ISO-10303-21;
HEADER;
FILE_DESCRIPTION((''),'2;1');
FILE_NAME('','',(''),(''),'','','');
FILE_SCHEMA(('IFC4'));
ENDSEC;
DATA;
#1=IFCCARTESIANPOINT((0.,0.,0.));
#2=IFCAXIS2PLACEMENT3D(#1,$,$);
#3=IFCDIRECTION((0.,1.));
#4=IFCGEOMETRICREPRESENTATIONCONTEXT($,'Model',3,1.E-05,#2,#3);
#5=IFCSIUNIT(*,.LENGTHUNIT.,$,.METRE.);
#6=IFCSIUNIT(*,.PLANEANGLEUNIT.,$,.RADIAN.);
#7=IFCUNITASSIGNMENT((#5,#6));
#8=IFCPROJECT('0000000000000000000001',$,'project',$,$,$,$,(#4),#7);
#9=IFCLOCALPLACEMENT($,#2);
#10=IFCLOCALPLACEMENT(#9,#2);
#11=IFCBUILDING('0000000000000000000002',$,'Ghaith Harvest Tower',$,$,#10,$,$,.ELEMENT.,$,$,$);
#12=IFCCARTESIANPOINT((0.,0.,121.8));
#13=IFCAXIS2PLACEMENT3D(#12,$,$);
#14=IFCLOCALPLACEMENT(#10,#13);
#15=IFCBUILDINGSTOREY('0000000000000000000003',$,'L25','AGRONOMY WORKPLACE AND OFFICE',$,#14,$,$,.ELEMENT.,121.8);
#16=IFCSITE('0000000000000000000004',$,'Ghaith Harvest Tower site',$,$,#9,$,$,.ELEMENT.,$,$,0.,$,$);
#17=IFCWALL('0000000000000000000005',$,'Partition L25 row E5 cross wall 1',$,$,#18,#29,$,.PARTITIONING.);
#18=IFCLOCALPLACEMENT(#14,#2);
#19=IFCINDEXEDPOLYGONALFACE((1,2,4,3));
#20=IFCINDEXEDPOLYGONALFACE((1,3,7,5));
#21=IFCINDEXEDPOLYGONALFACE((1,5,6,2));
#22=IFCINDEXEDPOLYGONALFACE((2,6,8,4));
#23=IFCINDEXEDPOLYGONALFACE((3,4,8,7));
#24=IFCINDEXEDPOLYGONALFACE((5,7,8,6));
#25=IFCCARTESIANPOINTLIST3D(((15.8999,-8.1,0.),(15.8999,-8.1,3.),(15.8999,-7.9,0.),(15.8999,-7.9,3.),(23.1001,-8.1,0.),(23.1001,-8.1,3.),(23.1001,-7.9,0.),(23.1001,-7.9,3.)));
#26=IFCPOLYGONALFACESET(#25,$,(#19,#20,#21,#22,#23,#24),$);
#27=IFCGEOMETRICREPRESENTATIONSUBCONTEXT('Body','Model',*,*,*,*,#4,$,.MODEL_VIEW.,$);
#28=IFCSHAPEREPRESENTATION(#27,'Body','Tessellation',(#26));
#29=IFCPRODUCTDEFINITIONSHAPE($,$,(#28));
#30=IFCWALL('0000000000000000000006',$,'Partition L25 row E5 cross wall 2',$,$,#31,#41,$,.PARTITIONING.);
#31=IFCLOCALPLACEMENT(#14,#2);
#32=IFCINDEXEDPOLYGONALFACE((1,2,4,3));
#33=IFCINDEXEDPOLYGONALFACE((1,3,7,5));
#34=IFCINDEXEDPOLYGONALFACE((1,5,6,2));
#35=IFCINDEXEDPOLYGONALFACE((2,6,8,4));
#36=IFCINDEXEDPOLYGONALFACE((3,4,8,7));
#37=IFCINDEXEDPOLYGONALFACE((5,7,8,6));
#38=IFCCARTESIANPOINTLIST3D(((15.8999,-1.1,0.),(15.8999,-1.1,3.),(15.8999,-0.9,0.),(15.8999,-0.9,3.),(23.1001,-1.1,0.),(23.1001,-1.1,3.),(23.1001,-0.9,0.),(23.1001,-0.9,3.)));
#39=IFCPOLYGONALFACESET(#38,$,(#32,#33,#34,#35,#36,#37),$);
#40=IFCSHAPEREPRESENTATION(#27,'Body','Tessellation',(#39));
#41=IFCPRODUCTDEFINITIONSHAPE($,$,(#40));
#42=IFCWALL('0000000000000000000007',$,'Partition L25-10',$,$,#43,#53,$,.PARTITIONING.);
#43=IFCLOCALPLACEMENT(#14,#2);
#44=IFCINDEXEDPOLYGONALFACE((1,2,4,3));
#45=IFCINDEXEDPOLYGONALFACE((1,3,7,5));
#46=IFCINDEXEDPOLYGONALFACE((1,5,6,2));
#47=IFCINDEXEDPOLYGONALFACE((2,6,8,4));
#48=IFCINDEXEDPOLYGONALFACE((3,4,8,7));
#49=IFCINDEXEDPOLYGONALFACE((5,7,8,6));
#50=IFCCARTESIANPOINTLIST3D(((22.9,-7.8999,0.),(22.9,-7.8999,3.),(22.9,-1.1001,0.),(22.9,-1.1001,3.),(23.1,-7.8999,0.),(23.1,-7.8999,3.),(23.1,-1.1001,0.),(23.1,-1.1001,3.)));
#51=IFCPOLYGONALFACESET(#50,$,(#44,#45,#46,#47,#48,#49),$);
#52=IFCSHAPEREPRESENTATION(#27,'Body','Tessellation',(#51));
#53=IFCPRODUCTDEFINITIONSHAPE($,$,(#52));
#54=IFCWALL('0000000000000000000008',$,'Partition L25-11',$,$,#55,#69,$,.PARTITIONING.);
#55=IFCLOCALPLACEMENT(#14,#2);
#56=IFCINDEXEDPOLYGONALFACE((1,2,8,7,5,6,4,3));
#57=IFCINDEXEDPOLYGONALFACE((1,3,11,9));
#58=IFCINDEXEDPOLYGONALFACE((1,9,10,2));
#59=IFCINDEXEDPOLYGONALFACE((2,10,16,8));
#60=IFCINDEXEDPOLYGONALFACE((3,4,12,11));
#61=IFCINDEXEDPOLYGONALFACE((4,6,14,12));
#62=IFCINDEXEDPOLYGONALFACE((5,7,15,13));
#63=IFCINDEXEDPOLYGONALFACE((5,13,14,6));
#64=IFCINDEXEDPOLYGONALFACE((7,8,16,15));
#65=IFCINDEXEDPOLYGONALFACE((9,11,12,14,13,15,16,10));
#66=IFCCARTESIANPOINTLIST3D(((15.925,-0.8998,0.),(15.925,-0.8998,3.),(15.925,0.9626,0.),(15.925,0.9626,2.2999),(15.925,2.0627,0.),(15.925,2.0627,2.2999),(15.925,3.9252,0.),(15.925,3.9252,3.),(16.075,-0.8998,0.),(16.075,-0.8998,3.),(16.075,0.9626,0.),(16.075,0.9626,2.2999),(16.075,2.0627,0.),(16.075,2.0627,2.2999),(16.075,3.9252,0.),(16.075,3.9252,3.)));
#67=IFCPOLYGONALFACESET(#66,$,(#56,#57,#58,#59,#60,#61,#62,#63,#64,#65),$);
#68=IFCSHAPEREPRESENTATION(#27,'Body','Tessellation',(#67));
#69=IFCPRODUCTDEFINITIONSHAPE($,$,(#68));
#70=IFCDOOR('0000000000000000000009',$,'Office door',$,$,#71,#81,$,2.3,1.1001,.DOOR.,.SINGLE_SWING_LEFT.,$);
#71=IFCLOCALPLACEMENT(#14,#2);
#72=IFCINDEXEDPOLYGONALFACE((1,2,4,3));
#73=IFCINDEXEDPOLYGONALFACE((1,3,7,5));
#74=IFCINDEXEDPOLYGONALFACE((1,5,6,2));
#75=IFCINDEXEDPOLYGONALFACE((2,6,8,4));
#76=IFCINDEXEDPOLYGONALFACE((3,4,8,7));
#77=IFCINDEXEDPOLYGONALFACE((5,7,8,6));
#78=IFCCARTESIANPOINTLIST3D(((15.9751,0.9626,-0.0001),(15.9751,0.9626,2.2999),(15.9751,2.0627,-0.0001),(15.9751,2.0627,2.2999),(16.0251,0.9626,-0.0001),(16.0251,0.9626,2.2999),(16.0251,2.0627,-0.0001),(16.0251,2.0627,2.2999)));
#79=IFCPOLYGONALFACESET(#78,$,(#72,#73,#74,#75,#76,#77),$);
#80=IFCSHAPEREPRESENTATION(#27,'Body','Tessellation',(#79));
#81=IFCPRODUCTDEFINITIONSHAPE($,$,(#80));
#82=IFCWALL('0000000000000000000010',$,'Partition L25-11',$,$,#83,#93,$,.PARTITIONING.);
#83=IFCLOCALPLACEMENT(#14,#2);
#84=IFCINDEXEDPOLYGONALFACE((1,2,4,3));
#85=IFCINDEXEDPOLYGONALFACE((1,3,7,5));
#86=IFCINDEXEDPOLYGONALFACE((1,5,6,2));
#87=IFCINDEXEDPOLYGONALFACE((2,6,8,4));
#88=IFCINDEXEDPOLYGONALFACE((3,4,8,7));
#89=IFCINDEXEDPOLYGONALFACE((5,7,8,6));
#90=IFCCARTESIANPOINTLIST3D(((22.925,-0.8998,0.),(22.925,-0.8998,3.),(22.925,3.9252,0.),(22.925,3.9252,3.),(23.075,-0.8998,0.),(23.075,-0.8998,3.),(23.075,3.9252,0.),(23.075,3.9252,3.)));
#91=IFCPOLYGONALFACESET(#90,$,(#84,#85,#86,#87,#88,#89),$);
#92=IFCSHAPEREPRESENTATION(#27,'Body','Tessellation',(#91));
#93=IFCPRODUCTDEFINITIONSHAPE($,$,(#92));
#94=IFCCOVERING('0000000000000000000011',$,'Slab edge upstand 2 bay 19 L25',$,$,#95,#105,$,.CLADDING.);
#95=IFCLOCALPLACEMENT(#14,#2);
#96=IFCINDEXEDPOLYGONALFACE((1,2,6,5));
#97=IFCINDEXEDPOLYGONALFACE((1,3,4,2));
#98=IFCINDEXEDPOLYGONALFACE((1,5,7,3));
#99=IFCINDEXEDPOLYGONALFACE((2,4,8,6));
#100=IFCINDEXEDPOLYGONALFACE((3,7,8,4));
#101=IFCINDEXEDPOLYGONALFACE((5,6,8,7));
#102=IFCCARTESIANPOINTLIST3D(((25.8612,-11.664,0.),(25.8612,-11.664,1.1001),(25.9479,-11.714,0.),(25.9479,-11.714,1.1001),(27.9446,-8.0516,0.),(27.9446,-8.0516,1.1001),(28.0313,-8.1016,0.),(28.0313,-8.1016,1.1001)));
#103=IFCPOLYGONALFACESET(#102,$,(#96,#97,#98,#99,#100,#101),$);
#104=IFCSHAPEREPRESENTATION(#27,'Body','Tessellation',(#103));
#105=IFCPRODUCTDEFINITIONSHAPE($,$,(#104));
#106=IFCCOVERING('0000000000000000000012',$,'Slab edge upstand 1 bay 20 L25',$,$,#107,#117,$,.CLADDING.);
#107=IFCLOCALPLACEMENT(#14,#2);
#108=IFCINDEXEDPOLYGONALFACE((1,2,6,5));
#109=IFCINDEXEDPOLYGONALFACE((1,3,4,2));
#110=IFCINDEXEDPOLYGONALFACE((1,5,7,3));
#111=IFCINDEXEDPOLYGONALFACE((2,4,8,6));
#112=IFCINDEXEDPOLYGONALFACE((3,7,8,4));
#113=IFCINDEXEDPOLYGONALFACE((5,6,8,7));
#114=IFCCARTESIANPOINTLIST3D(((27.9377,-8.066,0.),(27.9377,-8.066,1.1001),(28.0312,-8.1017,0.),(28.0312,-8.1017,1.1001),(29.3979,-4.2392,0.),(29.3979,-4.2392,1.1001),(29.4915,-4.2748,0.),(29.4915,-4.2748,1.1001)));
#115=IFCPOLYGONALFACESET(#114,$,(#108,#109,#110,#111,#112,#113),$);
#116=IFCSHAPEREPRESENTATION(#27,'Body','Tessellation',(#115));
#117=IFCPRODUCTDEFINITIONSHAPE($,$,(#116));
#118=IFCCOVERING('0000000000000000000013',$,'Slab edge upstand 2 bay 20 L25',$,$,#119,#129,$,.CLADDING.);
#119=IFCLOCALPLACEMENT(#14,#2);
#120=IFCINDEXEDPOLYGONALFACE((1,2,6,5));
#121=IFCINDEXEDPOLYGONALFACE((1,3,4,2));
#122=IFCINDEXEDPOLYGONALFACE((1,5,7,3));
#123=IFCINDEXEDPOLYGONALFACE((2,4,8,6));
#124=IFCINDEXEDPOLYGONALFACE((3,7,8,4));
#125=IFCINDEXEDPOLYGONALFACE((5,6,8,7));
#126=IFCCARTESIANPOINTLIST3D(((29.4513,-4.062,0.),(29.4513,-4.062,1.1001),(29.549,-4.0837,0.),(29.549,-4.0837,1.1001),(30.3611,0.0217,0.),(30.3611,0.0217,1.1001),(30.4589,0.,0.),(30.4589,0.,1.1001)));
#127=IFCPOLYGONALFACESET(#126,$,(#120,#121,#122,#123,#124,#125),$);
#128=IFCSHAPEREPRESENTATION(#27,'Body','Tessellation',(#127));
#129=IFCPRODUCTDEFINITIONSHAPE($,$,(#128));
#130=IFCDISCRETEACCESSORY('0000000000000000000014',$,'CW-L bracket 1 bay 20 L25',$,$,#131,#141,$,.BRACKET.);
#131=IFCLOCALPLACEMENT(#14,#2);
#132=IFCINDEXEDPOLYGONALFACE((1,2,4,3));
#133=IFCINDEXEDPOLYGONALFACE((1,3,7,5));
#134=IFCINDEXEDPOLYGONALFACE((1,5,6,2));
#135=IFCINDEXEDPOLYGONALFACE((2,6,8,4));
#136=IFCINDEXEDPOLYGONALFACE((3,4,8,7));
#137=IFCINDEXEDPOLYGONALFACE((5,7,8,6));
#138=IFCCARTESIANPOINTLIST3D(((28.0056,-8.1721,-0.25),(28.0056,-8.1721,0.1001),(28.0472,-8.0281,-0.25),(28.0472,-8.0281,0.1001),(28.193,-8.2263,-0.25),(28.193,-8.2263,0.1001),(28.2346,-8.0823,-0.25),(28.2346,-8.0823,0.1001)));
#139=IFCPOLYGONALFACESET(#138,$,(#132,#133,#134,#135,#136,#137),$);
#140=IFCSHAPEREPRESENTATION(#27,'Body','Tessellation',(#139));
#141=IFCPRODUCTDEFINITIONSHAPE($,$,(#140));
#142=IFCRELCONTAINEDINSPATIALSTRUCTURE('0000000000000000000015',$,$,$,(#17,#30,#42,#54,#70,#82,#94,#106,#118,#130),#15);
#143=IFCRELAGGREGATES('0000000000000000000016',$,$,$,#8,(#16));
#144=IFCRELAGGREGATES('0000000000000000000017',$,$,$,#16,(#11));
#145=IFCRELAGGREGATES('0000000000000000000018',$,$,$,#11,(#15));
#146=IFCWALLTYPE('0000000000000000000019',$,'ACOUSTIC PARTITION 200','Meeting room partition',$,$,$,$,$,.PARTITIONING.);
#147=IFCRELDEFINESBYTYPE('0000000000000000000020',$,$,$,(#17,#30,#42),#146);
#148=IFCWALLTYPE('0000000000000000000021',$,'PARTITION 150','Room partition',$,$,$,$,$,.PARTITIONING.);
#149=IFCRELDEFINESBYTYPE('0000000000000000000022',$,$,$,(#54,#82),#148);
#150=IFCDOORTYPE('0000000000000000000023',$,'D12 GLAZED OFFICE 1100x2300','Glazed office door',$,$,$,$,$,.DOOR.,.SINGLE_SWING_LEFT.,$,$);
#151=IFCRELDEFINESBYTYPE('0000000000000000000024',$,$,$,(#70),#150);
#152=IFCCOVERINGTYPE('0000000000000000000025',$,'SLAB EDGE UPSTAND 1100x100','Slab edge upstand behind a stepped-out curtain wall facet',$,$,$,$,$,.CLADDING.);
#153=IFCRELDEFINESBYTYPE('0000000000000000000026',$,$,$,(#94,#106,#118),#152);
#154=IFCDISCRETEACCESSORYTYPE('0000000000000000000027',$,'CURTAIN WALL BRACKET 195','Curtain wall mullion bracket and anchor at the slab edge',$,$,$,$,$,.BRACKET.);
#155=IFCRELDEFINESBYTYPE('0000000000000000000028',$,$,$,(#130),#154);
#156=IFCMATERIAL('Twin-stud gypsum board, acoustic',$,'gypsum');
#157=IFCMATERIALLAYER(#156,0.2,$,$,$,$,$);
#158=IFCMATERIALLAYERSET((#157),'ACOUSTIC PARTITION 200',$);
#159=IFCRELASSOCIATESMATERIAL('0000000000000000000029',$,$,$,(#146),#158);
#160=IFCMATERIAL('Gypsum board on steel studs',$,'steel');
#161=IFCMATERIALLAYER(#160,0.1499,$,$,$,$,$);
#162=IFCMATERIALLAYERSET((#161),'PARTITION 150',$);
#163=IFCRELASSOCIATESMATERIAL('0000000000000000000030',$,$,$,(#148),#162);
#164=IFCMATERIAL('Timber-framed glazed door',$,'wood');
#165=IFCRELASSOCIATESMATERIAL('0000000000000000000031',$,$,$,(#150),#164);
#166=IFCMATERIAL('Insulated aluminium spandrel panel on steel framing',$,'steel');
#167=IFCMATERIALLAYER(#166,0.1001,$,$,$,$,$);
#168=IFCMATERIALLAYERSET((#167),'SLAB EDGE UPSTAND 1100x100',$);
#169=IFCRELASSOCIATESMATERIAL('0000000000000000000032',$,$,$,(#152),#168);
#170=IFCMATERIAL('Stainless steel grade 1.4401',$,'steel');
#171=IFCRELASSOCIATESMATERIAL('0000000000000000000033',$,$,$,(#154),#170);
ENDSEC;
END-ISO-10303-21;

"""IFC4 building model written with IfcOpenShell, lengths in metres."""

from ifc_helpers import new_model, si_unit, direction, frame, frame_2d, origin, origin_2d, place, context, subcontext, project, spatial, rectangle, extrude, material, layer, layer_set, type_object, element, fill, save


model = new_model("IFC4")

# Units and contexts
model_context = context("Model", 3, precision=1e-05, world=origin(), true_north=direction((0.0, 1.0)))
body_context = subcontext(model_context, "Body", "Model", "MODEL_VIEW")
ifc_project = project(units=[si_unit("LENGTHUNIT", "METRE"), si_unit("PLANEANGLEUNIT", "RADIAN")], contexts=[model_context])

# Site, building, storey
site_placement = place(None, origin())
site = spatial("IfcSite", under=ifc_project, at=site_placement, Name="Ghaith Harvest Tower site", CompositionType="ELEMENT", RefElevation=0.0)
building_placement = place(site_placement, origin())
building = spatial("IfcBuilding", under=site, at=building_placement, Name="Ghaith Harvest Tower", CompositionType="ELEMENT")
storey_placement = place(building_placement, frame((0.0, 0.0, 121.8)))
storey = spatial("IfcBuildingStorey", under=building, at=storey_placement, Name="L25", Description="AGRONOMY WORKPLACE AND OFFICE", CompositionType="ELEMENT", Elevation=121.8)

# Walls
ifc_material_1 = material(Name="Twin-stud gypsum board, acoustic", Category="gypsum")
ifc_layer_1 = layer(ifc_material_1, 0.2)
ifc_layer_set_1 = layer_set([ifc_layer_1], Name="ACOUSTIC PARTITION 200")
wall_type_1 = type_object("IfcWallType", Name="ACOUSTIC PARTITION 200", Description="Meeting room partition", PredefinedType="PARTITIONING", material=ifc_layer_set_1)
for number, where, z_axis, x_axis, name in (
    (1, (15.8999, -8.0, 0.0), (0.0, 0.0, 1.0), (1.0, 0.0, 0.0), "Partition L25 row E5 cross wall 1"),
    (2, (15.8999, -1.0, 0.0), (0.0, 0.0, 1.0), (1.0, 0.0, 0.0), "Partition L25 row E5 cross wall 2"),
):
    element("IfcWall", number, at=place(storey_placement, frame(where, z_axis=z_axis, x_axis=x_axis)), inside=storey, type_object=wall_type_1, Name=name, PredefinedType="PARTITIONING", context=body_context, shape_type="SweptSolid", body=[
        extrude(rectangle(XDim=7.2002, YDim=0.2, at=frame_2d((3.6001, 0.0))), origin(), (0.0, 0.0, 1.0), 3.0),
    ])

# Wall
wall_1_placement = place(storey_placement, frame((23.0, -7.8999, 0.0), z_axis=(0.0, 0.0, 1.0), x_axis=(0.0, 1.0, 0.0)))
element("IfcWall", 3, at=wall_1_placement, inside=storey, type_object=wall_type_1, Name="Partition L25-10", PredefinedType="PARTITIONING", context=body_context, shape_type="SweptSolid", body=[
    extrude(rectangle(XDim=6.7998, YDim=0.2, at=frame_2d((3.3999, 0.0))), origin(), (0.0, 0.0, 1.0), 3.0),
])

# Wall, opening, door
ifc_material_2 = material(Name="Gypsum board on steel studs", Category="steel")
ifc_layer_2 = layer(ifc_material_2, 0.1499)
ifc_layer_set_2 = layer_set([ifc_layer_2], Name="PARTITION 150")
wall_type_2 = type_object("IfcWallType", Name="PARTITION 150", Description="Room partition", PredefinedType="PARTITIONING", material=ifc_layer_set_2)
wall_2_placement = place(storey_placement, frame((16.0, -0.8999, 0.0), z_axis=(0.0, 0.0, 1.0), x_axis=(0.0, 1.0, 0.0)))
wall_2 = element("IfcWall", 4, at=wall_2_placement, inside=storey, type_object=wall_type_2, Name="Partition L25-11", PredefinedType="PARTITIONING", context=body_context, shape_type="SweptSolid", body=[
    extrude(rectangle(XDim=4.825, YDim=0.1499, at=frame_2d((2.4126, 0.0))), origin(), (0.0, 0.0, 1.0), 3.0),
])
opening_1_placement = place(wall_2_placement, frame((1.8625, 0.0, 0.0)))
opening_1 = element("IfcOpeningElement", 5, at=opening_1_placement, cuts=wall_2, PredefinedType="OPENING", context=body_context, shape_type="SweptSolid", body=[
    extrude(rectangle(XDim=1.1001, YDim=2.3, at=frame_2d((0.55, 1.1499))), frame((0.0, 0.085, 0.0), z_axis=(0.0, -1.0, 0.0), x_axis=(1.0, 0.0, 0.0)), (0.0, 0.0, 1.0), 0.1699),
])
ifc_material_3 = material(Name="Timber-framed glazed door", Category="wood")
door_type_1 = type_object("IfcDoorType", Name="D12 GLAZED OFFICE 1100x2300", Description="Glazed office door", OperationType="SINGLE_SWING_LEFT", PredefinedType="DOOR", material=ifc_material_3)
door_1_placement = place(opening_1_placement, origin())
door_1 = element("IfcDoor", 6, at=door_1_placement, inside=storey, type_object=door_type_1, Name="Office door", OperationType="SINGLE_SWING_LEFT", OverallHeight=2.3, OverallWidth=1.1001, PredefinedType="DOOR", context=body_context, shape_type="SweptSolid", body=[
    extrude(rectangle(XDim=1.1001, YDim=2.3, at=frame_2d((0.55, 1.1499))), frame((0.0, 0.0249, 0.0), z_axis=(0.0, -1.0, 0.0), x_axis=(1.0, 0.0, 0.0)), (0.0, 0.0, 1.0), 0.05),
])
fill(opening_1, door_1)

# Wall
wall_3_placement = place(storey_placement, frame((23.0, -0.8999, 0.0), z_axis=(0.0, 0.0, 1.0), x_axis=(0.0, 1.0, 0.0)))
element("IfcWall", 7, at=wall_3_placement, inside=storey, type_object=wall_type_2, Name="Partition L25-11", PredefinedType="PARTITIONING", context=body_context, shape_type="SweptSolid", body=[
    extrude(rectangle(XDim=4.825, YDim=0.1499, at=frame_2d((2.4126, 0.0))), origin(), (0.0, 0.0, 1.0), 3.0),
])

# Coverings
ifc_material_4 = material(Name="Insulated aluminium spandrel panel on steel framing", Category="steel")
ifc_layer_3 = layer(ifc_material_4, 0.1001)
ifc_layer_set_3 = layer_set([ifc_layer_3], Name="SLAB EDGE UPSTAND 1100x100")
covering_type = type_object("IfcCoveringType", Name="SLAB EDGE UPSTAND 1100x100", Description="Slab edge upstand behind a stepped-out curtain wall facet", PredefinedType="CLADDING", material=ifc_layer_set_3)
covering_1_placement = place(storey_placement, frame((26.9463, -9.8828, 0.0), z_axis=(0.0, 0.0, 1.0), x_axis=(0.499596, 0.866258, 0.0)))
element("IfcCovering", 8, at=covering_1_placement, inside=storey, type_object=covering_type, Name="Slab edge upstand 2 bay 19 L25", PredefinedType="CLADDING", context=body_context, shape_type="SweptSolid", body=[
    extrude(rectangle(XDim=4.1702, YDim=0.1001, at=origin_2d()), origin(), (0.0, 0.0, 1.0), 1.1001),
])
covering_2_placement = place(storey_placement, frame((28.7146, -6.1704, 0.0), z_axis=(0.0, 0.0, 1.0), x_axis=(0.356504, 0.934294, 0.0)))
element("IfcCovering", 9, at=covering_2_placement, inside=storey, type_object=covering_type, Name="Slab edge upstand 1 bay 20 L25", PredefinedType="CLADDING", context=body_context, shape_type="SweptSolid", body=[
    extrude(rectangle(XDim=4.0959, YDim=0.1001, at=origin_2d()), origin(), (0.0, 0.0, 1.0), 1.1001),
])
covering_3_placement = place(storey_placement, frame((29.9551, -2.031, 0.0), z_axis=(0.0, 0.0, 1.0), x_axis=(0.217466, 0.976068, 0.0)))
element("IfcCovering", 10, at=covering_3_placement, inside=storey, type_object=covering_type, Name="Slab edge upstand 2 bay 20 L25", PredefinedType="CLADDING", context=body_context, shape_type="SweptSolid", body=[
    extrude(rectangle(XDim=4.1838, YDim=0.1001, at=origin_2d()), origin(), (0.0, 0.0, 1.0), 1.1001),
])

# Discrete accessory
ifc_material_5 = material(Name="Stainless steel grade 1.4401", Category="steel")
discrete_accessory_type = type_object("IfcDiscreteAccessoryType", Name="CURTAIN WALL BRACKET 195", Description="Curtain wall mullion bracket and anchor at the slab edge", PredefinedType="BRACKET", material=ifc_material_5)
discrete_accessory_placement = place(storey_placement, frame((28.1201, -8.1272, -0.25), z_axis=(0.0, 0.0, 1.0), x_axis=(0.96068, -0.277657, 0.0)))
element("IfcDiscreteAccessory", 11, at=discrete_accessory_placement, inside=storey, type_object=discrete_accessory_type, Name="CW-L bracket 1 bay 20 L25", PredefinedType="BRACKET", context=body_context, shape_type="SweptSolid", body=[
    extrude(rectangle(XDim=0.1951, YDim=0.1499, at=origin_2d()), origin(), (0.0, 0.0, 1.0), 0.3501),
])

save(model, "model.ifc")
